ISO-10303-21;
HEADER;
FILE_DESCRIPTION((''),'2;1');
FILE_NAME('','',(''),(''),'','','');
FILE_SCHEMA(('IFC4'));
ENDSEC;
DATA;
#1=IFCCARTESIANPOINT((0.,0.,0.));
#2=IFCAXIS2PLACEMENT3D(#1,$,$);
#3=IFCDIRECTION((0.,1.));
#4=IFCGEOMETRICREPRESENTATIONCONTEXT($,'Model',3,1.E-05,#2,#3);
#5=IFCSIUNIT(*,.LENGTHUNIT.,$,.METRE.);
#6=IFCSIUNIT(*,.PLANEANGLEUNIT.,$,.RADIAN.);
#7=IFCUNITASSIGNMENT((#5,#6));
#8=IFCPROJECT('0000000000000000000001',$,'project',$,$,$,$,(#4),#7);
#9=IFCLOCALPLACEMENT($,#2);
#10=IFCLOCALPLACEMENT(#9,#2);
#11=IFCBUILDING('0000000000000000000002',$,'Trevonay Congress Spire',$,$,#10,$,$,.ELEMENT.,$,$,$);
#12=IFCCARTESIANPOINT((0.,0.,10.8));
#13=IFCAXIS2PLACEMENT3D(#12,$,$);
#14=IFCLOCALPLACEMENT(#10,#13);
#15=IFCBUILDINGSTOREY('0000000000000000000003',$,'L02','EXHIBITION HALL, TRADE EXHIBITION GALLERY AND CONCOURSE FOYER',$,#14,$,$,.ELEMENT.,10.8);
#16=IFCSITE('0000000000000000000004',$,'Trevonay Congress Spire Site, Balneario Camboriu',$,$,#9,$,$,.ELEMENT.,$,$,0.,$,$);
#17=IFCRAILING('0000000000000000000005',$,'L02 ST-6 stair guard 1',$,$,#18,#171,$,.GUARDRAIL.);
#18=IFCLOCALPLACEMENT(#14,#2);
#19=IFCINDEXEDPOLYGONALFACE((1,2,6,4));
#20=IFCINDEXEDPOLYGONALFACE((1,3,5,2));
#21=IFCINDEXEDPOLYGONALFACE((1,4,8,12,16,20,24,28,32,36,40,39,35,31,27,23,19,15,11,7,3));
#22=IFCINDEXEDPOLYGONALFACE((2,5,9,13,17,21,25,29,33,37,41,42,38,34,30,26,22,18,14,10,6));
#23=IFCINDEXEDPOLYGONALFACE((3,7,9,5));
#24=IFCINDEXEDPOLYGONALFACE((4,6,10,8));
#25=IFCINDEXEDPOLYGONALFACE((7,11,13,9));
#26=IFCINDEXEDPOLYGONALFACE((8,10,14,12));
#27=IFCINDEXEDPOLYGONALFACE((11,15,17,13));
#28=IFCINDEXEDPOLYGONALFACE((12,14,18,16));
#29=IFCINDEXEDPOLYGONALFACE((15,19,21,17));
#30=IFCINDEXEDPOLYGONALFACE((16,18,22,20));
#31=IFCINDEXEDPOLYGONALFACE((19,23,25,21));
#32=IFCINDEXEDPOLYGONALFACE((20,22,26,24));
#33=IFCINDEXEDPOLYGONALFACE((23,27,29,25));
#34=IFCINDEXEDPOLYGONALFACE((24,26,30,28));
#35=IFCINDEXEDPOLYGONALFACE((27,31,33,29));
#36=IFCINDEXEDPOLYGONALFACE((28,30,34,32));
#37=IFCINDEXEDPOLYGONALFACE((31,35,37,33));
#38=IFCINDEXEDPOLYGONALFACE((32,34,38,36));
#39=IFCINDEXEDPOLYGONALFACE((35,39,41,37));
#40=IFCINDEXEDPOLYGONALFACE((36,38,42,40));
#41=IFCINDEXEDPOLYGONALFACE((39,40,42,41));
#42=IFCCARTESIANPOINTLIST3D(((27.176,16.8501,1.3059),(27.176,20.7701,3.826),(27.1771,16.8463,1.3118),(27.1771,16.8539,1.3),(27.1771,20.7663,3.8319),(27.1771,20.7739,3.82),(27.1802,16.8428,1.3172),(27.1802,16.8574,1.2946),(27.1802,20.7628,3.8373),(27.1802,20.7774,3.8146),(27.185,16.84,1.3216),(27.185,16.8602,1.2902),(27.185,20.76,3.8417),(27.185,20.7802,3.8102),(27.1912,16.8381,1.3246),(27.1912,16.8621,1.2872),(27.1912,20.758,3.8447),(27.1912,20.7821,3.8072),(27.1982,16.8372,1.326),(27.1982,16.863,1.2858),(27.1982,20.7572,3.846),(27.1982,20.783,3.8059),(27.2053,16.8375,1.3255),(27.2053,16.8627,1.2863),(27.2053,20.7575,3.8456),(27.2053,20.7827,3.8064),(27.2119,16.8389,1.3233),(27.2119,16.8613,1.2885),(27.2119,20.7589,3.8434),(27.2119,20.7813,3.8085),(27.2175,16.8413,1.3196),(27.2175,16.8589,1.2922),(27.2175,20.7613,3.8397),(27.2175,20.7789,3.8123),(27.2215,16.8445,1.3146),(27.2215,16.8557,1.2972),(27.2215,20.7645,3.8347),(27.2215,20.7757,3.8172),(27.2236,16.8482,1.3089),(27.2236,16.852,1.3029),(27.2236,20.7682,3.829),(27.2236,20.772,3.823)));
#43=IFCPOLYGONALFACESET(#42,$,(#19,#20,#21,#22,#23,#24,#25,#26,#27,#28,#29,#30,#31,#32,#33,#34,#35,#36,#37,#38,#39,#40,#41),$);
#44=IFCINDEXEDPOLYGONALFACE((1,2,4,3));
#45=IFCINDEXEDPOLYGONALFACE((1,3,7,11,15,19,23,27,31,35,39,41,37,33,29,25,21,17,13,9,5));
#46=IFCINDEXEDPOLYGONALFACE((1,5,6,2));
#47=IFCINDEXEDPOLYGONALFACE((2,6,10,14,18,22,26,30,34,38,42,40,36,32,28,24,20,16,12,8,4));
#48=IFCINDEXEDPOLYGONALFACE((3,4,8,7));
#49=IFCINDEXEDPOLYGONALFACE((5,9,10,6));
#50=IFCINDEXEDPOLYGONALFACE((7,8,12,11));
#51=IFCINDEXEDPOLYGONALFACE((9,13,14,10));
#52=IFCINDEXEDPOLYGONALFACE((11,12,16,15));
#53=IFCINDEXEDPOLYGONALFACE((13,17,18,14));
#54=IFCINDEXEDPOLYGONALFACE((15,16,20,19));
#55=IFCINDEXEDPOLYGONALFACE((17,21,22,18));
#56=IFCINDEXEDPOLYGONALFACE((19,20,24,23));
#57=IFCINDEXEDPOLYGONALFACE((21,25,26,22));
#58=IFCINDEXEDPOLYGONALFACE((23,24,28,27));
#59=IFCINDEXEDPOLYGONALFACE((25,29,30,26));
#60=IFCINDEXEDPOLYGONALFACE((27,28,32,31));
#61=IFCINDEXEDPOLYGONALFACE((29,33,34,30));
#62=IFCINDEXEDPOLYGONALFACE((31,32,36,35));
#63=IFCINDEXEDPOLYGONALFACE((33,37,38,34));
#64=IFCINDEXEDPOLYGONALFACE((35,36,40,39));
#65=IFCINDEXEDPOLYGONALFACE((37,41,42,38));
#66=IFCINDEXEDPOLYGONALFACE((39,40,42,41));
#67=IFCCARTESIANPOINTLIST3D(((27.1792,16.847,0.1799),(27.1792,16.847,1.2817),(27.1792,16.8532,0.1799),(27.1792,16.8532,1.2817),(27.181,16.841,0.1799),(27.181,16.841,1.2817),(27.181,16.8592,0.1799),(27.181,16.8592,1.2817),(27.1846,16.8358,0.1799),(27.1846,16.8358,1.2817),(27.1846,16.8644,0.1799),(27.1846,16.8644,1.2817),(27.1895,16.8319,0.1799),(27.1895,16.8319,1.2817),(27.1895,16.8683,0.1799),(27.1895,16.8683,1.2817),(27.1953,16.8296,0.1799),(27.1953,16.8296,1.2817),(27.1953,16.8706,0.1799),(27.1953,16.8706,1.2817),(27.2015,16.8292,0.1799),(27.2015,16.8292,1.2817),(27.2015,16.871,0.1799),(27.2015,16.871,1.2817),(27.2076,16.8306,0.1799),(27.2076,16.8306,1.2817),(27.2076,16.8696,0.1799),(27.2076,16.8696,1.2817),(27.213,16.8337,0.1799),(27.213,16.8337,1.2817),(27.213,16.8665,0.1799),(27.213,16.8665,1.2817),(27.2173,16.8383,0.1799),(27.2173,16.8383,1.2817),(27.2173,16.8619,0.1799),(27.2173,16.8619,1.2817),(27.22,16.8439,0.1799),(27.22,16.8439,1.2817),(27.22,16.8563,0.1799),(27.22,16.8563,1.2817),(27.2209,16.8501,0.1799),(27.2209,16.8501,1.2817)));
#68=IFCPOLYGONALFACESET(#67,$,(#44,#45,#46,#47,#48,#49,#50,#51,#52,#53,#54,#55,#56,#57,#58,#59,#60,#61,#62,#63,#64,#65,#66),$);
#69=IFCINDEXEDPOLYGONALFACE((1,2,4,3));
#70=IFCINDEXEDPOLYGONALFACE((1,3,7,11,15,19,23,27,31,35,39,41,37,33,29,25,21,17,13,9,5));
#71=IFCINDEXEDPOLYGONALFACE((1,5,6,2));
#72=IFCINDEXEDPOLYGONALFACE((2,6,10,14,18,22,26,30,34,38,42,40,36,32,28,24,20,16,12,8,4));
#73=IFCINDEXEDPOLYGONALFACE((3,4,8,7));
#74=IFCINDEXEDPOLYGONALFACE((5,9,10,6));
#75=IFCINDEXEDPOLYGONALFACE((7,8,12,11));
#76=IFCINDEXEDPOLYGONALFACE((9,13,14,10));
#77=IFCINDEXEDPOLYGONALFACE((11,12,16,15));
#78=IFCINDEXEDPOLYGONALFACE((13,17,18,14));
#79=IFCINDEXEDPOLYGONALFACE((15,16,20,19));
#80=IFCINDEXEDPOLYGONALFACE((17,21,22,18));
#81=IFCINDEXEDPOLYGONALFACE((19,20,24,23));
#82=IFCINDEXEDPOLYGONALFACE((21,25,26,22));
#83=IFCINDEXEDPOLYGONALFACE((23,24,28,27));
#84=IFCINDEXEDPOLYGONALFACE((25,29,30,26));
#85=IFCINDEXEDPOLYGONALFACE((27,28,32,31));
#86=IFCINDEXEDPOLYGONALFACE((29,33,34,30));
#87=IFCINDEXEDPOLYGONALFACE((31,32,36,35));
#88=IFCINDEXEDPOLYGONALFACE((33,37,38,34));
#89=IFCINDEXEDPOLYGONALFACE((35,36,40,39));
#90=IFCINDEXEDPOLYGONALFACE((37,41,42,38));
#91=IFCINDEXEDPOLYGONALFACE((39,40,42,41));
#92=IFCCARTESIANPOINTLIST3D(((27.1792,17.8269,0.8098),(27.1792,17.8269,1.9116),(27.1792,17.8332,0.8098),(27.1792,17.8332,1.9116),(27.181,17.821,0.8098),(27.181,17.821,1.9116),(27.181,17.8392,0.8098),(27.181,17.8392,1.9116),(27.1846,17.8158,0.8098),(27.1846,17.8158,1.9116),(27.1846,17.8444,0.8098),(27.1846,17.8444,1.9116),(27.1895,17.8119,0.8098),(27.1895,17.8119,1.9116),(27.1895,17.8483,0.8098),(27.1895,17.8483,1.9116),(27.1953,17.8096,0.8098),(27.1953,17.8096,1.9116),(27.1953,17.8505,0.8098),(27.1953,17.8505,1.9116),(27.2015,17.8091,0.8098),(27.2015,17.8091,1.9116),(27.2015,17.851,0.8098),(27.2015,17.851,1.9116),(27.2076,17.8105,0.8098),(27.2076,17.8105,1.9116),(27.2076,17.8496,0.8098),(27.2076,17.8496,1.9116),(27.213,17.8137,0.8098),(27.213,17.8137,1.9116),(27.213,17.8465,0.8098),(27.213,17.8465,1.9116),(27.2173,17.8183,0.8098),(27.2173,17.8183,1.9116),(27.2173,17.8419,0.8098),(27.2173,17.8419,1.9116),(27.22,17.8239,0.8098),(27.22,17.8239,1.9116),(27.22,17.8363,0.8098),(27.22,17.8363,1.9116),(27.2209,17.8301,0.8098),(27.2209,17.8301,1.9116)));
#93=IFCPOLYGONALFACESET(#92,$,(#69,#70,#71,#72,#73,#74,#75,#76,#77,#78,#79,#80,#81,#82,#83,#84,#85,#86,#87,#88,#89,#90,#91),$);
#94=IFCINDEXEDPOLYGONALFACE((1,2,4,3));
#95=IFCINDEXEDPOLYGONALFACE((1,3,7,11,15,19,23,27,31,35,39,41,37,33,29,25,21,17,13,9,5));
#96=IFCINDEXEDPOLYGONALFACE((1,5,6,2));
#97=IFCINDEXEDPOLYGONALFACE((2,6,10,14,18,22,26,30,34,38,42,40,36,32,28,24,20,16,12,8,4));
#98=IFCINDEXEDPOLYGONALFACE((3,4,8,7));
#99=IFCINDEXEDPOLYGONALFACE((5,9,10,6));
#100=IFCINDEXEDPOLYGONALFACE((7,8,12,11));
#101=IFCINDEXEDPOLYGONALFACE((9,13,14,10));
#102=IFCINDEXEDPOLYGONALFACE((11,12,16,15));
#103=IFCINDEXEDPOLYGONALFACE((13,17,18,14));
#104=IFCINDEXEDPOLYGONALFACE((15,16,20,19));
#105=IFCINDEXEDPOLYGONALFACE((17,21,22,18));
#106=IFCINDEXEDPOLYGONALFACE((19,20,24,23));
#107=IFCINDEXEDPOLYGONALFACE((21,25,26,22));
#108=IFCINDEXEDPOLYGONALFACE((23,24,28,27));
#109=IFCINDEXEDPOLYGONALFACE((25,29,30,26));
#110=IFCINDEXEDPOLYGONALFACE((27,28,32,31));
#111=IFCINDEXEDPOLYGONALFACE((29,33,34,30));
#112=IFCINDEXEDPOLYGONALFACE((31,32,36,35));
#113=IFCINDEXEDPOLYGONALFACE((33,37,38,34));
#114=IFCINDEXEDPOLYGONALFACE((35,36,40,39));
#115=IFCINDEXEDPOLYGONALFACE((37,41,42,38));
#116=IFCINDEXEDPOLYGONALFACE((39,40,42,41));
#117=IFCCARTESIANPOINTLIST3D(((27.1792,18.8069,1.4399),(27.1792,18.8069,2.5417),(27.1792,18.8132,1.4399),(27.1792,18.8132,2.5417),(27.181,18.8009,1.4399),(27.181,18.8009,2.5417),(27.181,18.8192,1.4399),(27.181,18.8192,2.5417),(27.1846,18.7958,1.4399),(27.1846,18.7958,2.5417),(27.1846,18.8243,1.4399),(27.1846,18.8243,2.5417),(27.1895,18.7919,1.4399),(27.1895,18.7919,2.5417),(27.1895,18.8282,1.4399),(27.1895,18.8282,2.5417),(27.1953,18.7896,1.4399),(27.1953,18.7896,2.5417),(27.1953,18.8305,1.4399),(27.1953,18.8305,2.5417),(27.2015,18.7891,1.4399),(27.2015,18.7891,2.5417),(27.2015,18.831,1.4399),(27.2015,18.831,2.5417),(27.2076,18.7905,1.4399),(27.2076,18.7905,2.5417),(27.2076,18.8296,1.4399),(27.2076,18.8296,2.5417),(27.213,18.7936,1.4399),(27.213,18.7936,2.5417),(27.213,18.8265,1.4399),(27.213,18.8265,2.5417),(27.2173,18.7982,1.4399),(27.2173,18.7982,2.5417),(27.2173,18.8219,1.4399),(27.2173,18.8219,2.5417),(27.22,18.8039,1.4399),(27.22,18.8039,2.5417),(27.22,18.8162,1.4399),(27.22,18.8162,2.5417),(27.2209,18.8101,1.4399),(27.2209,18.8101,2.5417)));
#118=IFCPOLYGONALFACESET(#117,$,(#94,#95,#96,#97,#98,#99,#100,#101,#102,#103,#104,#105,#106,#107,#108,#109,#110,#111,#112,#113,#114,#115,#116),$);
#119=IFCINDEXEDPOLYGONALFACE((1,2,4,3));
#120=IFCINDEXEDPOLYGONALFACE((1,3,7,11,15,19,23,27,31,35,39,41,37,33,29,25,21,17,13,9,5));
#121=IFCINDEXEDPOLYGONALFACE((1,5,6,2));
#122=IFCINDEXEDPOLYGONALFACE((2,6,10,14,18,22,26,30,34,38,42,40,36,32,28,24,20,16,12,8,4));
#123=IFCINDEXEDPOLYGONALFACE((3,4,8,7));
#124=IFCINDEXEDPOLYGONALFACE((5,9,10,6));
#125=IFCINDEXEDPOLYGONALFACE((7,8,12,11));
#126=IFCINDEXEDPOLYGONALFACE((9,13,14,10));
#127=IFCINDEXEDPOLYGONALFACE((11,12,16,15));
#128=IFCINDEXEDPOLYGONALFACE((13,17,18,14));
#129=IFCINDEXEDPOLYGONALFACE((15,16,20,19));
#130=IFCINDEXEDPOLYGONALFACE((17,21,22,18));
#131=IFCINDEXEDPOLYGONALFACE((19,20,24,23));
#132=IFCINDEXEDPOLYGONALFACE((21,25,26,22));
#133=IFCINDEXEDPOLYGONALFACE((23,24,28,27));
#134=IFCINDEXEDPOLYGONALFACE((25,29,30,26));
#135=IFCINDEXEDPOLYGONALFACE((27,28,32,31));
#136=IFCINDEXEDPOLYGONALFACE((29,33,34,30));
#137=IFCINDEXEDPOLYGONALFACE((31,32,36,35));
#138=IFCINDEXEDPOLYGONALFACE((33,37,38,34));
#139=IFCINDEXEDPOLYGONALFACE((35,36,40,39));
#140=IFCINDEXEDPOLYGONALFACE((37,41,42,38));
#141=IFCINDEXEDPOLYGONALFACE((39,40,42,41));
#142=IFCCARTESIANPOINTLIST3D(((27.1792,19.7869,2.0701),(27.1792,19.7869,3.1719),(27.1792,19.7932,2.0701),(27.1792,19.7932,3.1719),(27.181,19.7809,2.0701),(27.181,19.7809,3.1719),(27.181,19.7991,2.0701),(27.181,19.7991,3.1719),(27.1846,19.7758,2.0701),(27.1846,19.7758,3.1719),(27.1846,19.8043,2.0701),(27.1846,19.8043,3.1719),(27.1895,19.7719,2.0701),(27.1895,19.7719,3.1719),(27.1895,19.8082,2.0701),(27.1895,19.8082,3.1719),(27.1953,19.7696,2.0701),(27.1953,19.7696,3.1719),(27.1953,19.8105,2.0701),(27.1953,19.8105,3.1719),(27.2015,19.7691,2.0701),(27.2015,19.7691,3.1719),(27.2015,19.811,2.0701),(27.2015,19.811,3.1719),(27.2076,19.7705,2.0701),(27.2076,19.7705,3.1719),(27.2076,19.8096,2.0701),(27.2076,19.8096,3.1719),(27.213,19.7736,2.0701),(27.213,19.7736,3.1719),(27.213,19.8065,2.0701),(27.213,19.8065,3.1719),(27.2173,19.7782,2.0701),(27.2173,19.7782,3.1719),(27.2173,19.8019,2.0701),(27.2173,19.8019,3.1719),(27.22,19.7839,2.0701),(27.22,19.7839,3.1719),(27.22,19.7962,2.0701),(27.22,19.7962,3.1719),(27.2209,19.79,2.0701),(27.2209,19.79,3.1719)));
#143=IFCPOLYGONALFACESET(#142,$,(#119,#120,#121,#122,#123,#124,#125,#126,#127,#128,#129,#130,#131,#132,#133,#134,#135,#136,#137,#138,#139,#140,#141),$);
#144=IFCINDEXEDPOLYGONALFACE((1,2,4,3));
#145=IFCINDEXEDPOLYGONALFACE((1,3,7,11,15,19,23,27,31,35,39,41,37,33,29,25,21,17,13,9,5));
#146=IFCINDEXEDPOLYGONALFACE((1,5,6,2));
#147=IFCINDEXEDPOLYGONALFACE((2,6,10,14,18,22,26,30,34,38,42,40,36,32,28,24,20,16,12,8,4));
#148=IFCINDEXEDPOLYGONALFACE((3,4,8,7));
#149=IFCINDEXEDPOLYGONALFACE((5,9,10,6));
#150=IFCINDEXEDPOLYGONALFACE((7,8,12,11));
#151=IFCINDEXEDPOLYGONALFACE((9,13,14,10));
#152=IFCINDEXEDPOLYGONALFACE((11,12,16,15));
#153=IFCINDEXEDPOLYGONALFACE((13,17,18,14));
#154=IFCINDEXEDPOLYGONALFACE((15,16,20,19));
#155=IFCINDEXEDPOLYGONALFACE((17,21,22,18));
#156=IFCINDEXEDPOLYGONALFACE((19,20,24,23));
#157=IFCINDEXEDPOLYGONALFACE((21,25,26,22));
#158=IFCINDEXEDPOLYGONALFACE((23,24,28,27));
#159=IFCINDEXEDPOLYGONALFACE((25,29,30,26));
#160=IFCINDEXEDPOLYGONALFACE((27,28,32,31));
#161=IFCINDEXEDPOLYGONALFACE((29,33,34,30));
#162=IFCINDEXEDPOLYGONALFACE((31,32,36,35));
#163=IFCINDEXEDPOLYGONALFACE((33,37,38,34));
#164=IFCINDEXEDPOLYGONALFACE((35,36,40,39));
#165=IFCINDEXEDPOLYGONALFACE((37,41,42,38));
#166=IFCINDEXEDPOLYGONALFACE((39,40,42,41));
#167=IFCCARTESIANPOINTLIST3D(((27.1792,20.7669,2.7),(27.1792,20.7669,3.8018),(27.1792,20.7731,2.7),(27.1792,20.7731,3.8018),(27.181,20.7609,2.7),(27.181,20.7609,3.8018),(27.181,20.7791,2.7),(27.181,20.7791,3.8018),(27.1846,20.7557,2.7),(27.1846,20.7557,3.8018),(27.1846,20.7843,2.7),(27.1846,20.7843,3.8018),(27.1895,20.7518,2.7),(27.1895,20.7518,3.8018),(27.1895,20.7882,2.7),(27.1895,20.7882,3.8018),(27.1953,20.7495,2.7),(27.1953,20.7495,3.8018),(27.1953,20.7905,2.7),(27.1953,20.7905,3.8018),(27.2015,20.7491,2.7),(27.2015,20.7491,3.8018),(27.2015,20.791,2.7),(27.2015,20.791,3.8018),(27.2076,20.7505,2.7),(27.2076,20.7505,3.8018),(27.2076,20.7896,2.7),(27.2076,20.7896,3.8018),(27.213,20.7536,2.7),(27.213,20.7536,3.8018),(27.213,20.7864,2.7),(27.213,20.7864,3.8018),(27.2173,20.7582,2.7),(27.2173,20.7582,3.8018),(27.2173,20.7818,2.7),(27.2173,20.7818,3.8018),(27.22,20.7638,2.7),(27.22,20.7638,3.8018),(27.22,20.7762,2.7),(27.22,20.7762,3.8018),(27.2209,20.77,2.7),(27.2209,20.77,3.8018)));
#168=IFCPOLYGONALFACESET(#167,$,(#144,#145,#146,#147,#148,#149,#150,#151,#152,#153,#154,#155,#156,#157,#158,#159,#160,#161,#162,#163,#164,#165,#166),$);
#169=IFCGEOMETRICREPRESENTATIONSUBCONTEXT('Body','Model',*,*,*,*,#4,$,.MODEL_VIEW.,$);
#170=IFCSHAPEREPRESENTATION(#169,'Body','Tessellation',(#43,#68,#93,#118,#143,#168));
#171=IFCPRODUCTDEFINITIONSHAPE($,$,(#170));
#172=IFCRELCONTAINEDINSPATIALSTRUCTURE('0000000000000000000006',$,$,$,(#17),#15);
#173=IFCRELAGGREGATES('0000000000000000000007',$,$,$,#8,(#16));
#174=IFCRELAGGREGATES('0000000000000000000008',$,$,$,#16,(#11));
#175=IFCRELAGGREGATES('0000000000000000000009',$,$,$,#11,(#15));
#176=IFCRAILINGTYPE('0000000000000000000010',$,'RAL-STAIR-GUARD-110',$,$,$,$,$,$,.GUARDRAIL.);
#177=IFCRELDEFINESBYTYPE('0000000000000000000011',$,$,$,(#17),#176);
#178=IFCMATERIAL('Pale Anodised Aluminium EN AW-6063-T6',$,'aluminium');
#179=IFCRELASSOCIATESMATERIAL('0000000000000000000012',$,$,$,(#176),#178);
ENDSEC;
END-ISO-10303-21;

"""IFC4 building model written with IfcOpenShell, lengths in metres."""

from ifc_helpers import new_model, si_unit, direction, frame, origin, origin_2d, place, context, subcontext, project, spatial, circle, extrude, material, type_object, element, save


model = new_model("IFC4")

# Units and contexts
model_context = context("Model", 3, precision=1e-05, world=origin(), true_north=direction((0.0, 1.0)))
body_context = subcontext(model_context, "Body", "Model", "MODEL_VIEW")
ifc_project = project(units=[si_unit("LENGTHUNIT", "METRE"), si_unit("PLANEANGLEUNIT", "RADIAN")], contexts=[model_context])

# Site, building, storey
site_placement = place(None, origin())
site = spatial("IfcSite", under=ifc_project, at=site_placement, Name="Trevonay Congress Spire Site, Balneario Camboriu", CompositionType="ELEMENT", RefElevation=0.0)
building_placement = place(site_placement, origin())
building = spatial("IfcBuilding", under=site, at=building_placement, Name="Trevonay Congress Spire", CompositionType="ELEMENT")
storey_placement = place(building_placement, frame((0.0, 0.0, 10.8)))
storey = spatial("IfcBuildingStorey", under=building, at=storey_placement, Name="L02", Description="EXHIBITION HALL, TRADE EXHIBITION GALLERY AND CONCOURSE FOYER", CompositionType="ELEMENT", Elevation=10.8)

# Shared definitions
ifc_material_1 = material(Name="Pale Anodised Aluminium EN AW-6063-T6", Category="aluminium")

# Railing
railing_type_1 = type_object("IfcRailingType", Name="RAL-STAIR-GUARD-110", PredefinedType="GUARDRAIL", material=ifc_material_1)
railing_1_placement = place(storey_placement, frame((27.2, 16.8501, 0.1799)))
element("IfcRailing", 1, at=railing_1_placement, inside=storey, type_object=railing_type_1, Name="L02 ST-6 stair guard 1", PredefinedType="GUARDRAIL", context=body_context, shape_type="SweptSolid", body=[
    extrude(circle(Radius=0.0239, at=origin_2d()), frame((0.0, 0.0, 1.126), z_axis=(0.0, 0.841172, 0.540768), x_axis=(-1.0, 0.0, 0.0)), (0.0, 0.0, 1.0), 4.6602),
    extrude(circle(Radius=0.021, at=origin_2d()), origin(), (0.0, 0.0, 1.0), 1.1018),
    extrude(circle(Radius=0.021, at=origin_2d()), frame((0.0, 0.98, 0.6299)), (0.0, 0.0, 1.0), 1.1018),
    extrude(circle(Radius=0.021, at=origin_2d()), frame((0.0, 1.96, 1.26)), (0.0, 0.0, 1.0), 1.1018),
    extrude(circle(Radius=0.021, at=origin_2d()), frame((0.0, 2.9399, 1.8901)), (0.0, 0.0, 1.0), 1.1018),
    extrude(circle(Radius=0.021, at=origin_2d()), frame((0.0, 3.9199, 2.52)), (0.0, 0.0, 1.0), 1.1018),
])

save(model, "model.ifc")
